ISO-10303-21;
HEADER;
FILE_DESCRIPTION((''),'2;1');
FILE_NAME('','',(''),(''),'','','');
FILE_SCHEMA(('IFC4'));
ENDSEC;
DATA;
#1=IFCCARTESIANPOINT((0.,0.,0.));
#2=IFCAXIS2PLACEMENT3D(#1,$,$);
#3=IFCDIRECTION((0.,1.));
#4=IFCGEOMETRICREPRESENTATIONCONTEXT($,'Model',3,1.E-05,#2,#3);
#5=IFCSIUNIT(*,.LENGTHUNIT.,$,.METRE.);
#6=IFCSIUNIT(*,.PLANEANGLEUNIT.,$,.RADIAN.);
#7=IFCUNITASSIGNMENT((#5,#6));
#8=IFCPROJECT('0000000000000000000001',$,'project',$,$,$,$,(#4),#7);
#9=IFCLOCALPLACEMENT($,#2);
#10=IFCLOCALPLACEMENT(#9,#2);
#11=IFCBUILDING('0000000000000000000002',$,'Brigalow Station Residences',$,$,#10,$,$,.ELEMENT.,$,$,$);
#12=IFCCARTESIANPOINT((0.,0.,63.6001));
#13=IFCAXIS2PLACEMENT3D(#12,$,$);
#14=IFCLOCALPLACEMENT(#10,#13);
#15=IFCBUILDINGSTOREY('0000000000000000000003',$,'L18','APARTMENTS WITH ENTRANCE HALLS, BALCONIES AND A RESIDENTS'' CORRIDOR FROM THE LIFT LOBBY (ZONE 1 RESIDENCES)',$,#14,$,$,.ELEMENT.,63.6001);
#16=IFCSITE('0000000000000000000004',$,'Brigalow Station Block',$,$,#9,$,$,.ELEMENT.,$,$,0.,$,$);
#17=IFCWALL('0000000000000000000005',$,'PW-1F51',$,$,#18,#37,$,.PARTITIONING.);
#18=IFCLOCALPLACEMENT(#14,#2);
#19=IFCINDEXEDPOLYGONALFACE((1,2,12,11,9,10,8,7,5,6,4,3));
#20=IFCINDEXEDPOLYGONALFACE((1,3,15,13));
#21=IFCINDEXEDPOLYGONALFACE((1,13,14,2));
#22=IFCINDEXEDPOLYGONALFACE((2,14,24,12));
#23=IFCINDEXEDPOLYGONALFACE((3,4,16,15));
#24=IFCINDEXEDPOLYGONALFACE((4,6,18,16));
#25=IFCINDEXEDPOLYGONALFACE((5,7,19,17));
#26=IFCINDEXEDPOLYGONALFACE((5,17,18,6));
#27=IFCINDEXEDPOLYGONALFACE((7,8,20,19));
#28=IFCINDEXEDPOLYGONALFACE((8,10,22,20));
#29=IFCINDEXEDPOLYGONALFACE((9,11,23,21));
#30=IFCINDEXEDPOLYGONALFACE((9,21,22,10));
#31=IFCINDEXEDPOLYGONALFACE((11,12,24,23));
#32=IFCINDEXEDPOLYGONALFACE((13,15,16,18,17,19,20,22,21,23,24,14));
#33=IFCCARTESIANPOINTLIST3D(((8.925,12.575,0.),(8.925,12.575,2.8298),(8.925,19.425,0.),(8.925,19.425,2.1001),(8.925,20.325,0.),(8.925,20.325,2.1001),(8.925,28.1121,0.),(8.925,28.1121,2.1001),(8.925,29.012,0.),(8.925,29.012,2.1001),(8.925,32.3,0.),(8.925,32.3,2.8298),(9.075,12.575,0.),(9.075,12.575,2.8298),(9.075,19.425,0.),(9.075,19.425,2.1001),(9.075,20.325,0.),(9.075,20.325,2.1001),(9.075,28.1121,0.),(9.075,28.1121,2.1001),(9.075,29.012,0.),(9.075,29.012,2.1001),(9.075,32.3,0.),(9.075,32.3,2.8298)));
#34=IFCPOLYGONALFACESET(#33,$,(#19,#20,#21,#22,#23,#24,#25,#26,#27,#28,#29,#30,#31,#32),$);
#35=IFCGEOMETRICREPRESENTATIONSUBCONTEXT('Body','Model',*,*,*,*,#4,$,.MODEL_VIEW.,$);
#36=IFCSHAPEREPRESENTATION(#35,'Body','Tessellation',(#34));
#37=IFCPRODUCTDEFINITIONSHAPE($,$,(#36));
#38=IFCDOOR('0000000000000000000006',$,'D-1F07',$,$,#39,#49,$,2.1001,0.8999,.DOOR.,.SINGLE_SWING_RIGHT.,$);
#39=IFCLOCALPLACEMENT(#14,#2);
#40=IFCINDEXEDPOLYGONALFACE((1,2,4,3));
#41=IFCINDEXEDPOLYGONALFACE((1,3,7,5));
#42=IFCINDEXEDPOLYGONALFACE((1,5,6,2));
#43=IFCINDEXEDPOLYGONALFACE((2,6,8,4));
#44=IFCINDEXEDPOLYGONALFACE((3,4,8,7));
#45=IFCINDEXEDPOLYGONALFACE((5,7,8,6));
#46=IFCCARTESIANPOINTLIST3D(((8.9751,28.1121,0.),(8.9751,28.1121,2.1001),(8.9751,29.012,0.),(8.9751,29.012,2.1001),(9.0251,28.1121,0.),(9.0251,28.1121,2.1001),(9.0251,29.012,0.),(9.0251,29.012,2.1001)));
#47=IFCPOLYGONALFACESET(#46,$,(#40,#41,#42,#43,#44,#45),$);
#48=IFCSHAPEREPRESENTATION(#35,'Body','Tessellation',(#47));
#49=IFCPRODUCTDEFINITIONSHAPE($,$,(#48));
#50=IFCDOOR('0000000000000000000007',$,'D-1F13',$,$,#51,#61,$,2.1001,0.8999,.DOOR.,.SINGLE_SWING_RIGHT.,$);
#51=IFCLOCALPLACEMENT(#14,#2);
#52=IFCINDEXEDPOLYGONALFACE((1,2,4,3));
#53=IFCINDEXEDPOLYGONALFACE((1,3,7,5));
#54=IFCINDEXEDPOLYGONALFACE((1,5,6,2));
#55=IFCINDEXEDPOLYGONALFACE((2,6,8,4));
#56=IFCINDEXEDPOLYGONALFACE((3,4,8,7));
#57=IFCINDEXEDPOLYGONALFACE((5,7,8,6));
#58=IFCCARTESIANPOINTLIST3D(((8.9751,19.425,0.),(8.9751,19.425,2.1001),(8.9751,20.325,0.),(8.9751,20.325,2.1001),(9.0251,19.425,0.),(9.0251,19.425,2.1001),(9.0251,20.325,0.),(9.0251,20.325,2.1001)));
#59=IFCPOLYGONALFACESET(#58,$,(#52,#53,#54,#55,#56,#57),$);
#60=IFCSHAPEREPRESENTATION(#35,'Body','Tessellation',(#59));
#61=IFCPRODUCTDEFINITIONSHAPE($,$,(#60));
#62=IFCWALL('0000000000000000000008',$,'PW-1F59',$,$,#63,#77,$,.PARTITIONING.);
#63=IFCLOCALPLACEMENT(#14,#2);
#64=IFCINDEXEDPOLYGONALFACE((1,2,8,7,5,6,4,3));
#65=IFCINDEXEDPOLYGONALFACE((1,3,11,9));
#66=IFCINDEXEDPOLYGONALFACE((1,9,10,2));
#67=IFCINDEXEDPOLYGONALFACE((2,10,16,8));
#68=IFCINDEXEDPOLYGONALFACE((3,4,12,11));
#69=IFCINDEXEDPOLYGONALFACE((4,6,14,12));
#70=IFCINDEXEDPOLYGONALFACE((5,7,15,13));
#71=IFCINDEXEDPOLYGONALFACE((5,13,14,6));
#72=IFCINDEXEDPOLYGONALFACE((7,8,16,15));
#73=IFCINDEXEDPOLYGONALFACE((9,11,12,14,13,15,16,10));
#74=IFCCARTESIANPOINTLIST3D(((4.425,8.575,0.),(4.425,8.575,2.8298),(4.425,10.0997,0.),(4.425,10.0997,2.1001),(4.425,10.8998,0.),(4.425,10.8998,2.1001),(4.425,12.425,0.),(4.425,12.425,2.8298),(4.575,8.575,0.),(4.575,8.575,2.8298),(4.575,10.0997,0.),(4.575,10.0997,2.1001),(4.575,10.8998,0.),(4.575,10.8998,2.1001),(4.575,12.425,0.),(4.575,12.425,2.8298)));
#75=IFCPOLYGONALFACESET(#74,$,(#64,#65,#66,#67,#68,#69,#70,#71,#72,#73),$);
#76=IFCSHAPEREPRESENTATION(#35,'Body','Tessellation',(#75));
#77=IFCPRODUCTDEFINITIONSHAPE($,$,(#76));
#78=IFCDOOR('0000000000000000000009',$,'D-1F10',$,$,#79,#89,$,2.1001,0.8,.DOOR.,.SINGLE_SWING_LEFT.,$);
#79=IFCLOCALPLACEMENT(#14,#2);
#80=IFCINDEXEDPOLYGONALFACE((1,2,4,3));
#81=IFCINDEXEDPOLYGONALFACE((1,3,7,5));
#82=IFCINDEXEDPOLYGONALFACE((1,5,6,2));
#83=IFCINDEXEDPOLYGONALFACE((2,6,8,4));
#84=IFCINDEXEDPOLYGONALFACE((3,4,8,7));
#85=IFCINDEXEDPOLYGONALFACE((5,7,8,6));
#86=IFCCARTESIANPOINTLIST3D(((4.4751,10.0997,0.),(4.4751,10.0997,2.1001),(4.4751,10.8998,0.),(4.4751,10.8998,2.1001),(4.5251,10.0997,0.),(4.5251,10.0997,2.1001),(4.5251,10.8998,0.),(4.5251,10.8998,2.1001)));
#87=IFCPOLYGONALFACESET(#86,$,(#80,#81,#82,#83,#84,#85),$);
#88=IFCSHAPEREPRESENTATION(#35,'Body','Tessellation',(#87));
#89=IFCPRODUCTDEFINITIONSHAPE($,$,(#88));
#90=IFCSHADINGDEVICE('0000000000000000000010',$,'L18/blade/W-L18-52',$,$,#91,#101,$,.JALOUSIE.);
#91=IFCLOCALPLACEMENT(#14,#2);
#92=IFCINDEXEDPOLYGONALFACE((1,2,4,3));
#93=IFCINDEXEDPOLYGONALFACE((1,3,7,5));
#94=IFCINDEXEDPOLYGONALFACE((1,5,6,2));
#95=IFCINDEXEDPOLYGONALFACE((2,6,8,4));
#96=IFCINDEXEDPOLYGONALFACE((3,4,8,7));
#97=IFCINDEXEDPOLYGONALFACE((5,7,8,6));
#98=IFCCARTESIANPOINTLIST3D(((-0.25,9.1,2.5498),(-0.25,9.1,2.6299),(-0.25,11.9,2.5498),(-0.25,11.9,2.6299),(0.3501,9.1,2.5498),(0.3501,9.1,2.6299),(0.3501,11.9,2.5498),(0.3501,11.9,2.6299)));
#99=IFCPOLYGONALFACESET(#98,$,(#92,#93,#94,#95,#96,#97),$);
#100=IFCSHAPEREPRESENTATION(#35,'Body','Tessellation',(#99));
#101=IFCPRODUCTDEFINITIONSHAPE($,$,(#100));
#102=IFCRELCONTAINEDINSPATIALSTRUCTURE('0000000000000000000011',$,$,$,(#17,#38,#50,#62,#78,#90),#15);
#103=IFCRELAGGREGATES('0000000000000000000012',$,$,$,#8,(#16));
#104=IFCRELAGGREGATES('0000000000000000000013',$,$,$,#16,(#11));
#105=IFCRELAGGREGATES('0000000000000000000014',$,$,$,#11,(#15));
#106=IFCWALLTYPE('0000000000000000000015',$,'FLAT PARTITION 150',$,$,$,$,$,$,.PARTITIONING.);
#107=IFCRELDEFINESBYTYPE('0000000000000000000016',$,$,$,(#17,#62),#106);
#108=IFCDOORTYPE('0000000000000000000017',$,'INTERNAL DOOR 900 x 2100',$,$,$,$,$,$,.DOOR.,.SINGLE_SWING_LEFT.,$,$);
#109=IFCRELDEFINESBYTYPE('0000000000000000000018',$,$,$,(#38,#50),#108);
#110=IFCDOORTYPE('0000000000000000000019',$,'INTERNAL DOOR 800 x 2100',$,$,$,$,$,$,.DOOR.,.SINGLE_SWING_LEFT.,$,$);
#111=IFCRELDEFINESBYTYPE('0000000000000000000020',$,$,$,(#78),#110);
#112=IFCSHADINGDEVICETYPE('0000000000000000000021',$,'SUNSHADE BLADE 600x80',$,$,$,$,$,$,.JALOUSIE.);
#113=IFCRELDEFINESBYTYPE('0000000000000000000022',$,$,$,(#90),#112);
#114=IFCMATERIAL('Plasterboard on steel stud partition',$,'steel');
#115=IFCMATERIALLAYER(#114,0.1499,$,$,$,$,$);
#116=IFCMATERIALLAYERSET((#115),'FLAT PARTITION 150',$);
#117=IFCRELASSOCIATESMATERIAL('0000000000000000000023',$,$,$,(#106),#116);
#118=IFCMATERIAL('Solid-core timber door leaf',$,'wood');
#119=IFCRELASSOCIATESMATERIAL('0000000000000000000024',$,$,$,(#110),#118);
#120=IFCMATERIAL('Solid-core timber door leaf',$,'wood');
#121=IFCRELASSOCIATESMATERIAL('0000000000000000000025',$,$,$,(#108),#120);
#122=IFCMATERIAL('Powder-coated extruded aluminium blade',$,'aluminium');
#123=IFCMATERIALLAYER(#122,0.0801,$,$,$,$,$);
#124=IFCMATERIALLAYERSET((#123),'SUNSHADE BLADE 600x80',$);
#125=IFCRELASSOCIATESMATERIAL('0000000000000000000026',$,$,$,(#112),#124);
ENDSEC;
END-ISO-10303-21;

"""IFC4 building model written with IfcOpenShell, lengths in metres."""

from ifc_helpers import new_model, si_unit, direction, frame, frame_2d, origin, origin_2d, place, context, subcontext, project, spatial, rectangle, extrude, material, layer, layer_set, type_object, element, fill, save


model = new_model("IFC4")

# Units and contexts
model_context = context("Model", 3, precision=1e-05, world=origin(), true_north=direction((0.0, 1.0)))
body_context = subcontext(model_context, "Body", "Model", "MODEL_VIEW")
ifc_project = project(units=[si_unit("LENGTHUNIT", "METRE"), si_unit("PLANEANGLEUNIT", "RADIAN")], contexts=[model_context])

# Site, building, storey
site_placement = place(None, origin())
site = spatial("IfcSite", under=ifc_project, at=site_placement, Name="Brigalow Station Block", CompositionType="ELEMENT", RefElevation=0.0)
building_placement = place(site_placement, origin())
building = spatial("IfcBuilding", under=site, at=building_placement, Name="Brigalow Station Residences", CompositionType="ELEMENT")
storey_placement = place(building_placement, frame((0.0, 0.0, 63.6001)))
storey = spatial("IfcBuildingStorey", under=building, at=storey_placement, Name="L18", Description="APARTMENTS WITH ENTRANCE HALLS, BALCONIES AND A RESIDENTS' CORRIDOR FROM THE LIFT LOBBY (ZONE 1 RESIDENCES)", CompositionType="ELEMENT", Elevation=63.6001)

# Shared definitions
ifc_material_1 = material(Name="Plasterboard on steel stud partition", Category="steel")
ifc_layer_1 = layer(ifc_material_1, 0.1499)
ifc_layer_set_1 = layer_set([ifc_layer_1], Name="FLAT PARTITION 150")
wall_type_1 = type_object("IfcWallType", Name="FLAT PARTITION 150", PredefinedType="PARTITIONING", material=ifc_layer_set_1)
ifc_material_2 = material(Name="Solid-core timber door leaf", Category="wood")
door_type_1 = type_object("IfcDoorType", Name="INTERNAL DOOR 800 x 2100", OperationType="SINGLE_SWING_LEFT", PredefinedType="DOOR", material=ifc_material_2)
ifc_material_3 = material(Name="Solid-core timber door leaf", Category="wood")
door_type_2 = type_object("IfcDoorType", Name="INTERNAL DOOR 900 x 2100", OperationType="SINGLE_SWING_LEFT", PredefinedType="DOOR", material=ifc_material_3)

# Wall, openings, doors
wall_1_placement = place(storey_placement, frame((9.0, 12.575, 0.0), z_axis=(0.0, 0.0, 1.0), x_axis=(0.0, 1.0, 0.0)))
wall_1 = element("IfcWall", 1, at=wall_1_placement, inside=storey, type_object=wall_type_1, Name="PW-1F51", PredefinedType="PARTITIONING", context=body_context, shape_type="SweptSolid", body=[
    extrude(rectangle(XDim=19.7251, YDim=0.1499, at=frame_2d((9.8625, 0.0))), origin(), (0.0, 0.0, 1.0), 2.8298),
])
opening_1_placement = place(wall_1_placement, frame((15.5371, 0.0, 0.0)))
opening_1 = element("IfcOpeningElement", 2, at=opening_1_placement, cuts=wall_1, PredefinedType="OPENING", context=body_context, shape_type="SweptSolid", body=[
    extrude(rectangle(XDim=0.8999, YDim=2.1001, at=frame_2d((0.45, 1.05))), frame((0.0, 0.085, 0.0), z_axis=(0.0, -1.0, 0.0), x_axis=(1.0, 0.0, 0.0)), (0.0, 0.0, 1.0), 0.1699),
])
opening_2_placement = place(wall_1_placement, frame((6.8501, 0.0, 0.0)))
opening_2 = element("IfcOpeningElement", 3, at=opening_2_placement, cuts=wall_1, PredefinedType="OPENING", context=body_context, shape_type="SweptSolid", body=[
    extrude(rectangle(XDim=0.8999, YDim=2.1001, at=frame_2d((0.45, 1.05))), frame((0.0, 0.085, 0.0), z_axis=(0.0, -1.0, 0.0), x_axis=(1.0, 0.0, 0.0)), (0.0, 0.0, 1.0), 0.1699),
])
door_1_placement = place(opening_1_placement, origin())
door_1 = element("IfcDoor", 4, at=door_1_placement, inside=storey, type_object=door_type_2, Name="D-1F07", OperationType="SINGLE_SWING_RIGHT", OverallHeight=2.1001, OverallWidth=0.8999, PredefinedType="DOOR", context=body_context, shape_type="SweptSolid", body=[
    extrude(rectangle(XDim=0.8999, YDim=2.1001, at=frame_2d((0.45, 1.05))), frame((0.0, 0.0249, 0.0), z_axis=(0.0, -1.0, 0.0), x_axis=(1.0, 0.0, 0.0)), (0.0, 0.0, 1.0), 0.05),
])
fill(opening_1, door_1)
door_2_placement = place(opening_2_placement, origin())
door_2 = element("IfcDoor", 5, at=door_2_placement, inside=storey, type_object=door_type_2, Name="D-1F13", OperationType="SINGLE_SWING_RIGHT", OverallHeight=2.1001, OverallWidth=0.8999, PredefinedType="DOOR", context=body_context, shape_type="SweptSolid", body=[
    extrude(rectangle(XDim=0.8999, YDim=2.1001, at=frame_2d((0.45, 1.05))), frame((0.0, 0.0249, 0.0), z_axis=(0.0, -1.0, 0.0), x_axis=(1.0, 0.0, 0.0)), (0.0, 0.0, 1.0), 0.05),
])
fill(opening_2, door_2)

# Wall, opening, door
wall_2_placement = place(storey_placement, frame((4.5, 8.575, 0.0), z_axis=(0.0, 0.0, 1.0), x_axis=(0.0, 1.0, 0.0)))
wall_2 = element("IfcWall", 6, at=wall_2_placement, inside=storey, type_object=wall_type_1, Name="PW-1F59", PredefinedType="PARTITIONING", context=body_context, shape_type="SweptSolid", body=[
    extrude(rectangle(XDim=3.8501, YDim=0.1499, at=frame_2d((1.925, 0.0))), origin(), (0.0, 0.0, 1.0), 2.8298),
])
opening_3_placement = place(wall_2_placement, frame((1.5249, 0.0, 0.0)))
opening_3 = element("IfcOpeningElement", 7, at=opening_3_placement, cuts=wall_2, PredefinedType="OPENING", context=body_context, shape_type="SweptSolid", body=[
    extrude(rectangle(XDim=0.8, YDim=2.1001, at=frame_2d((0.3999, 1.05))), frame((0.0, 0.085, 0.0), z_axis=(0.0, -1.0, 0.0), x_axis=(1.0, 0.0, 0.0)), (0.0, 0.0, 1.0), 0.1699),
])
door_3_placement = place(opening_3_placement, origin())
door_3 = element("IfcDoor", 8, at=door_3_placement, inside=storey, type_object=door_type_1, Name="D-1F10", OperationType="SINGLE_SWING_LEFT", OverallHeight=2.1001, OverallWidth=0.8, PredefinedType="DOOR", context=body_context, shape_type="SweptSolid", body=[
    extrude(rectangle(XDim=0.8, YDim=2.1001, at=frame_2d((0.3999, 1.05))), frame((0.0, 0.0249, 0.0), z_axis=(0.0, -1.0, 0.0), x_axis=(1.0, 0.0, 0.0)), (0.0, 0.0, 1.0), 0.05),
])
fill(opening_3, door_3)

# Shading device
ifc_material_4 = material(Name="Powder-coated extruded aluminium blade", Category="aluminium")
ifc_layer_2 = layer(ifc_material_4, 0.0801)
ifc_layer_set_2 = layer_set([ifc_layer_2], Name="SUNSHADE BLADE 600x80")
shading_device_type = type_object("IfcShadingDeviceType", Name="SUNSHADE BLADE 600x80", PredefinedType="JALOUSIE", material=ifc_layer_set_2)
shading_device_placement = place(storey_placement, frame((0.05, 10.5, 2.5498), z_axis=(0.0, 0.0, 1.0), x_axis=(0.0, -1.0, 0.0)))
element("IfcShadingDevice", 9, at=shading_device_placement, inside=storey, type_object=shading_device_type, Name="L18/blade/W-L18-52", PredefinedType="JALOUSIE", context=body_context, shape_type="SweptSolid", body=[
    extrude(rectangle(XDim=2.8, YDim=0.6001, at=origin_2d()), origin(), (0.0, 0.0, 1.0), 0.0801),
])

save(model, "model.ifc")
